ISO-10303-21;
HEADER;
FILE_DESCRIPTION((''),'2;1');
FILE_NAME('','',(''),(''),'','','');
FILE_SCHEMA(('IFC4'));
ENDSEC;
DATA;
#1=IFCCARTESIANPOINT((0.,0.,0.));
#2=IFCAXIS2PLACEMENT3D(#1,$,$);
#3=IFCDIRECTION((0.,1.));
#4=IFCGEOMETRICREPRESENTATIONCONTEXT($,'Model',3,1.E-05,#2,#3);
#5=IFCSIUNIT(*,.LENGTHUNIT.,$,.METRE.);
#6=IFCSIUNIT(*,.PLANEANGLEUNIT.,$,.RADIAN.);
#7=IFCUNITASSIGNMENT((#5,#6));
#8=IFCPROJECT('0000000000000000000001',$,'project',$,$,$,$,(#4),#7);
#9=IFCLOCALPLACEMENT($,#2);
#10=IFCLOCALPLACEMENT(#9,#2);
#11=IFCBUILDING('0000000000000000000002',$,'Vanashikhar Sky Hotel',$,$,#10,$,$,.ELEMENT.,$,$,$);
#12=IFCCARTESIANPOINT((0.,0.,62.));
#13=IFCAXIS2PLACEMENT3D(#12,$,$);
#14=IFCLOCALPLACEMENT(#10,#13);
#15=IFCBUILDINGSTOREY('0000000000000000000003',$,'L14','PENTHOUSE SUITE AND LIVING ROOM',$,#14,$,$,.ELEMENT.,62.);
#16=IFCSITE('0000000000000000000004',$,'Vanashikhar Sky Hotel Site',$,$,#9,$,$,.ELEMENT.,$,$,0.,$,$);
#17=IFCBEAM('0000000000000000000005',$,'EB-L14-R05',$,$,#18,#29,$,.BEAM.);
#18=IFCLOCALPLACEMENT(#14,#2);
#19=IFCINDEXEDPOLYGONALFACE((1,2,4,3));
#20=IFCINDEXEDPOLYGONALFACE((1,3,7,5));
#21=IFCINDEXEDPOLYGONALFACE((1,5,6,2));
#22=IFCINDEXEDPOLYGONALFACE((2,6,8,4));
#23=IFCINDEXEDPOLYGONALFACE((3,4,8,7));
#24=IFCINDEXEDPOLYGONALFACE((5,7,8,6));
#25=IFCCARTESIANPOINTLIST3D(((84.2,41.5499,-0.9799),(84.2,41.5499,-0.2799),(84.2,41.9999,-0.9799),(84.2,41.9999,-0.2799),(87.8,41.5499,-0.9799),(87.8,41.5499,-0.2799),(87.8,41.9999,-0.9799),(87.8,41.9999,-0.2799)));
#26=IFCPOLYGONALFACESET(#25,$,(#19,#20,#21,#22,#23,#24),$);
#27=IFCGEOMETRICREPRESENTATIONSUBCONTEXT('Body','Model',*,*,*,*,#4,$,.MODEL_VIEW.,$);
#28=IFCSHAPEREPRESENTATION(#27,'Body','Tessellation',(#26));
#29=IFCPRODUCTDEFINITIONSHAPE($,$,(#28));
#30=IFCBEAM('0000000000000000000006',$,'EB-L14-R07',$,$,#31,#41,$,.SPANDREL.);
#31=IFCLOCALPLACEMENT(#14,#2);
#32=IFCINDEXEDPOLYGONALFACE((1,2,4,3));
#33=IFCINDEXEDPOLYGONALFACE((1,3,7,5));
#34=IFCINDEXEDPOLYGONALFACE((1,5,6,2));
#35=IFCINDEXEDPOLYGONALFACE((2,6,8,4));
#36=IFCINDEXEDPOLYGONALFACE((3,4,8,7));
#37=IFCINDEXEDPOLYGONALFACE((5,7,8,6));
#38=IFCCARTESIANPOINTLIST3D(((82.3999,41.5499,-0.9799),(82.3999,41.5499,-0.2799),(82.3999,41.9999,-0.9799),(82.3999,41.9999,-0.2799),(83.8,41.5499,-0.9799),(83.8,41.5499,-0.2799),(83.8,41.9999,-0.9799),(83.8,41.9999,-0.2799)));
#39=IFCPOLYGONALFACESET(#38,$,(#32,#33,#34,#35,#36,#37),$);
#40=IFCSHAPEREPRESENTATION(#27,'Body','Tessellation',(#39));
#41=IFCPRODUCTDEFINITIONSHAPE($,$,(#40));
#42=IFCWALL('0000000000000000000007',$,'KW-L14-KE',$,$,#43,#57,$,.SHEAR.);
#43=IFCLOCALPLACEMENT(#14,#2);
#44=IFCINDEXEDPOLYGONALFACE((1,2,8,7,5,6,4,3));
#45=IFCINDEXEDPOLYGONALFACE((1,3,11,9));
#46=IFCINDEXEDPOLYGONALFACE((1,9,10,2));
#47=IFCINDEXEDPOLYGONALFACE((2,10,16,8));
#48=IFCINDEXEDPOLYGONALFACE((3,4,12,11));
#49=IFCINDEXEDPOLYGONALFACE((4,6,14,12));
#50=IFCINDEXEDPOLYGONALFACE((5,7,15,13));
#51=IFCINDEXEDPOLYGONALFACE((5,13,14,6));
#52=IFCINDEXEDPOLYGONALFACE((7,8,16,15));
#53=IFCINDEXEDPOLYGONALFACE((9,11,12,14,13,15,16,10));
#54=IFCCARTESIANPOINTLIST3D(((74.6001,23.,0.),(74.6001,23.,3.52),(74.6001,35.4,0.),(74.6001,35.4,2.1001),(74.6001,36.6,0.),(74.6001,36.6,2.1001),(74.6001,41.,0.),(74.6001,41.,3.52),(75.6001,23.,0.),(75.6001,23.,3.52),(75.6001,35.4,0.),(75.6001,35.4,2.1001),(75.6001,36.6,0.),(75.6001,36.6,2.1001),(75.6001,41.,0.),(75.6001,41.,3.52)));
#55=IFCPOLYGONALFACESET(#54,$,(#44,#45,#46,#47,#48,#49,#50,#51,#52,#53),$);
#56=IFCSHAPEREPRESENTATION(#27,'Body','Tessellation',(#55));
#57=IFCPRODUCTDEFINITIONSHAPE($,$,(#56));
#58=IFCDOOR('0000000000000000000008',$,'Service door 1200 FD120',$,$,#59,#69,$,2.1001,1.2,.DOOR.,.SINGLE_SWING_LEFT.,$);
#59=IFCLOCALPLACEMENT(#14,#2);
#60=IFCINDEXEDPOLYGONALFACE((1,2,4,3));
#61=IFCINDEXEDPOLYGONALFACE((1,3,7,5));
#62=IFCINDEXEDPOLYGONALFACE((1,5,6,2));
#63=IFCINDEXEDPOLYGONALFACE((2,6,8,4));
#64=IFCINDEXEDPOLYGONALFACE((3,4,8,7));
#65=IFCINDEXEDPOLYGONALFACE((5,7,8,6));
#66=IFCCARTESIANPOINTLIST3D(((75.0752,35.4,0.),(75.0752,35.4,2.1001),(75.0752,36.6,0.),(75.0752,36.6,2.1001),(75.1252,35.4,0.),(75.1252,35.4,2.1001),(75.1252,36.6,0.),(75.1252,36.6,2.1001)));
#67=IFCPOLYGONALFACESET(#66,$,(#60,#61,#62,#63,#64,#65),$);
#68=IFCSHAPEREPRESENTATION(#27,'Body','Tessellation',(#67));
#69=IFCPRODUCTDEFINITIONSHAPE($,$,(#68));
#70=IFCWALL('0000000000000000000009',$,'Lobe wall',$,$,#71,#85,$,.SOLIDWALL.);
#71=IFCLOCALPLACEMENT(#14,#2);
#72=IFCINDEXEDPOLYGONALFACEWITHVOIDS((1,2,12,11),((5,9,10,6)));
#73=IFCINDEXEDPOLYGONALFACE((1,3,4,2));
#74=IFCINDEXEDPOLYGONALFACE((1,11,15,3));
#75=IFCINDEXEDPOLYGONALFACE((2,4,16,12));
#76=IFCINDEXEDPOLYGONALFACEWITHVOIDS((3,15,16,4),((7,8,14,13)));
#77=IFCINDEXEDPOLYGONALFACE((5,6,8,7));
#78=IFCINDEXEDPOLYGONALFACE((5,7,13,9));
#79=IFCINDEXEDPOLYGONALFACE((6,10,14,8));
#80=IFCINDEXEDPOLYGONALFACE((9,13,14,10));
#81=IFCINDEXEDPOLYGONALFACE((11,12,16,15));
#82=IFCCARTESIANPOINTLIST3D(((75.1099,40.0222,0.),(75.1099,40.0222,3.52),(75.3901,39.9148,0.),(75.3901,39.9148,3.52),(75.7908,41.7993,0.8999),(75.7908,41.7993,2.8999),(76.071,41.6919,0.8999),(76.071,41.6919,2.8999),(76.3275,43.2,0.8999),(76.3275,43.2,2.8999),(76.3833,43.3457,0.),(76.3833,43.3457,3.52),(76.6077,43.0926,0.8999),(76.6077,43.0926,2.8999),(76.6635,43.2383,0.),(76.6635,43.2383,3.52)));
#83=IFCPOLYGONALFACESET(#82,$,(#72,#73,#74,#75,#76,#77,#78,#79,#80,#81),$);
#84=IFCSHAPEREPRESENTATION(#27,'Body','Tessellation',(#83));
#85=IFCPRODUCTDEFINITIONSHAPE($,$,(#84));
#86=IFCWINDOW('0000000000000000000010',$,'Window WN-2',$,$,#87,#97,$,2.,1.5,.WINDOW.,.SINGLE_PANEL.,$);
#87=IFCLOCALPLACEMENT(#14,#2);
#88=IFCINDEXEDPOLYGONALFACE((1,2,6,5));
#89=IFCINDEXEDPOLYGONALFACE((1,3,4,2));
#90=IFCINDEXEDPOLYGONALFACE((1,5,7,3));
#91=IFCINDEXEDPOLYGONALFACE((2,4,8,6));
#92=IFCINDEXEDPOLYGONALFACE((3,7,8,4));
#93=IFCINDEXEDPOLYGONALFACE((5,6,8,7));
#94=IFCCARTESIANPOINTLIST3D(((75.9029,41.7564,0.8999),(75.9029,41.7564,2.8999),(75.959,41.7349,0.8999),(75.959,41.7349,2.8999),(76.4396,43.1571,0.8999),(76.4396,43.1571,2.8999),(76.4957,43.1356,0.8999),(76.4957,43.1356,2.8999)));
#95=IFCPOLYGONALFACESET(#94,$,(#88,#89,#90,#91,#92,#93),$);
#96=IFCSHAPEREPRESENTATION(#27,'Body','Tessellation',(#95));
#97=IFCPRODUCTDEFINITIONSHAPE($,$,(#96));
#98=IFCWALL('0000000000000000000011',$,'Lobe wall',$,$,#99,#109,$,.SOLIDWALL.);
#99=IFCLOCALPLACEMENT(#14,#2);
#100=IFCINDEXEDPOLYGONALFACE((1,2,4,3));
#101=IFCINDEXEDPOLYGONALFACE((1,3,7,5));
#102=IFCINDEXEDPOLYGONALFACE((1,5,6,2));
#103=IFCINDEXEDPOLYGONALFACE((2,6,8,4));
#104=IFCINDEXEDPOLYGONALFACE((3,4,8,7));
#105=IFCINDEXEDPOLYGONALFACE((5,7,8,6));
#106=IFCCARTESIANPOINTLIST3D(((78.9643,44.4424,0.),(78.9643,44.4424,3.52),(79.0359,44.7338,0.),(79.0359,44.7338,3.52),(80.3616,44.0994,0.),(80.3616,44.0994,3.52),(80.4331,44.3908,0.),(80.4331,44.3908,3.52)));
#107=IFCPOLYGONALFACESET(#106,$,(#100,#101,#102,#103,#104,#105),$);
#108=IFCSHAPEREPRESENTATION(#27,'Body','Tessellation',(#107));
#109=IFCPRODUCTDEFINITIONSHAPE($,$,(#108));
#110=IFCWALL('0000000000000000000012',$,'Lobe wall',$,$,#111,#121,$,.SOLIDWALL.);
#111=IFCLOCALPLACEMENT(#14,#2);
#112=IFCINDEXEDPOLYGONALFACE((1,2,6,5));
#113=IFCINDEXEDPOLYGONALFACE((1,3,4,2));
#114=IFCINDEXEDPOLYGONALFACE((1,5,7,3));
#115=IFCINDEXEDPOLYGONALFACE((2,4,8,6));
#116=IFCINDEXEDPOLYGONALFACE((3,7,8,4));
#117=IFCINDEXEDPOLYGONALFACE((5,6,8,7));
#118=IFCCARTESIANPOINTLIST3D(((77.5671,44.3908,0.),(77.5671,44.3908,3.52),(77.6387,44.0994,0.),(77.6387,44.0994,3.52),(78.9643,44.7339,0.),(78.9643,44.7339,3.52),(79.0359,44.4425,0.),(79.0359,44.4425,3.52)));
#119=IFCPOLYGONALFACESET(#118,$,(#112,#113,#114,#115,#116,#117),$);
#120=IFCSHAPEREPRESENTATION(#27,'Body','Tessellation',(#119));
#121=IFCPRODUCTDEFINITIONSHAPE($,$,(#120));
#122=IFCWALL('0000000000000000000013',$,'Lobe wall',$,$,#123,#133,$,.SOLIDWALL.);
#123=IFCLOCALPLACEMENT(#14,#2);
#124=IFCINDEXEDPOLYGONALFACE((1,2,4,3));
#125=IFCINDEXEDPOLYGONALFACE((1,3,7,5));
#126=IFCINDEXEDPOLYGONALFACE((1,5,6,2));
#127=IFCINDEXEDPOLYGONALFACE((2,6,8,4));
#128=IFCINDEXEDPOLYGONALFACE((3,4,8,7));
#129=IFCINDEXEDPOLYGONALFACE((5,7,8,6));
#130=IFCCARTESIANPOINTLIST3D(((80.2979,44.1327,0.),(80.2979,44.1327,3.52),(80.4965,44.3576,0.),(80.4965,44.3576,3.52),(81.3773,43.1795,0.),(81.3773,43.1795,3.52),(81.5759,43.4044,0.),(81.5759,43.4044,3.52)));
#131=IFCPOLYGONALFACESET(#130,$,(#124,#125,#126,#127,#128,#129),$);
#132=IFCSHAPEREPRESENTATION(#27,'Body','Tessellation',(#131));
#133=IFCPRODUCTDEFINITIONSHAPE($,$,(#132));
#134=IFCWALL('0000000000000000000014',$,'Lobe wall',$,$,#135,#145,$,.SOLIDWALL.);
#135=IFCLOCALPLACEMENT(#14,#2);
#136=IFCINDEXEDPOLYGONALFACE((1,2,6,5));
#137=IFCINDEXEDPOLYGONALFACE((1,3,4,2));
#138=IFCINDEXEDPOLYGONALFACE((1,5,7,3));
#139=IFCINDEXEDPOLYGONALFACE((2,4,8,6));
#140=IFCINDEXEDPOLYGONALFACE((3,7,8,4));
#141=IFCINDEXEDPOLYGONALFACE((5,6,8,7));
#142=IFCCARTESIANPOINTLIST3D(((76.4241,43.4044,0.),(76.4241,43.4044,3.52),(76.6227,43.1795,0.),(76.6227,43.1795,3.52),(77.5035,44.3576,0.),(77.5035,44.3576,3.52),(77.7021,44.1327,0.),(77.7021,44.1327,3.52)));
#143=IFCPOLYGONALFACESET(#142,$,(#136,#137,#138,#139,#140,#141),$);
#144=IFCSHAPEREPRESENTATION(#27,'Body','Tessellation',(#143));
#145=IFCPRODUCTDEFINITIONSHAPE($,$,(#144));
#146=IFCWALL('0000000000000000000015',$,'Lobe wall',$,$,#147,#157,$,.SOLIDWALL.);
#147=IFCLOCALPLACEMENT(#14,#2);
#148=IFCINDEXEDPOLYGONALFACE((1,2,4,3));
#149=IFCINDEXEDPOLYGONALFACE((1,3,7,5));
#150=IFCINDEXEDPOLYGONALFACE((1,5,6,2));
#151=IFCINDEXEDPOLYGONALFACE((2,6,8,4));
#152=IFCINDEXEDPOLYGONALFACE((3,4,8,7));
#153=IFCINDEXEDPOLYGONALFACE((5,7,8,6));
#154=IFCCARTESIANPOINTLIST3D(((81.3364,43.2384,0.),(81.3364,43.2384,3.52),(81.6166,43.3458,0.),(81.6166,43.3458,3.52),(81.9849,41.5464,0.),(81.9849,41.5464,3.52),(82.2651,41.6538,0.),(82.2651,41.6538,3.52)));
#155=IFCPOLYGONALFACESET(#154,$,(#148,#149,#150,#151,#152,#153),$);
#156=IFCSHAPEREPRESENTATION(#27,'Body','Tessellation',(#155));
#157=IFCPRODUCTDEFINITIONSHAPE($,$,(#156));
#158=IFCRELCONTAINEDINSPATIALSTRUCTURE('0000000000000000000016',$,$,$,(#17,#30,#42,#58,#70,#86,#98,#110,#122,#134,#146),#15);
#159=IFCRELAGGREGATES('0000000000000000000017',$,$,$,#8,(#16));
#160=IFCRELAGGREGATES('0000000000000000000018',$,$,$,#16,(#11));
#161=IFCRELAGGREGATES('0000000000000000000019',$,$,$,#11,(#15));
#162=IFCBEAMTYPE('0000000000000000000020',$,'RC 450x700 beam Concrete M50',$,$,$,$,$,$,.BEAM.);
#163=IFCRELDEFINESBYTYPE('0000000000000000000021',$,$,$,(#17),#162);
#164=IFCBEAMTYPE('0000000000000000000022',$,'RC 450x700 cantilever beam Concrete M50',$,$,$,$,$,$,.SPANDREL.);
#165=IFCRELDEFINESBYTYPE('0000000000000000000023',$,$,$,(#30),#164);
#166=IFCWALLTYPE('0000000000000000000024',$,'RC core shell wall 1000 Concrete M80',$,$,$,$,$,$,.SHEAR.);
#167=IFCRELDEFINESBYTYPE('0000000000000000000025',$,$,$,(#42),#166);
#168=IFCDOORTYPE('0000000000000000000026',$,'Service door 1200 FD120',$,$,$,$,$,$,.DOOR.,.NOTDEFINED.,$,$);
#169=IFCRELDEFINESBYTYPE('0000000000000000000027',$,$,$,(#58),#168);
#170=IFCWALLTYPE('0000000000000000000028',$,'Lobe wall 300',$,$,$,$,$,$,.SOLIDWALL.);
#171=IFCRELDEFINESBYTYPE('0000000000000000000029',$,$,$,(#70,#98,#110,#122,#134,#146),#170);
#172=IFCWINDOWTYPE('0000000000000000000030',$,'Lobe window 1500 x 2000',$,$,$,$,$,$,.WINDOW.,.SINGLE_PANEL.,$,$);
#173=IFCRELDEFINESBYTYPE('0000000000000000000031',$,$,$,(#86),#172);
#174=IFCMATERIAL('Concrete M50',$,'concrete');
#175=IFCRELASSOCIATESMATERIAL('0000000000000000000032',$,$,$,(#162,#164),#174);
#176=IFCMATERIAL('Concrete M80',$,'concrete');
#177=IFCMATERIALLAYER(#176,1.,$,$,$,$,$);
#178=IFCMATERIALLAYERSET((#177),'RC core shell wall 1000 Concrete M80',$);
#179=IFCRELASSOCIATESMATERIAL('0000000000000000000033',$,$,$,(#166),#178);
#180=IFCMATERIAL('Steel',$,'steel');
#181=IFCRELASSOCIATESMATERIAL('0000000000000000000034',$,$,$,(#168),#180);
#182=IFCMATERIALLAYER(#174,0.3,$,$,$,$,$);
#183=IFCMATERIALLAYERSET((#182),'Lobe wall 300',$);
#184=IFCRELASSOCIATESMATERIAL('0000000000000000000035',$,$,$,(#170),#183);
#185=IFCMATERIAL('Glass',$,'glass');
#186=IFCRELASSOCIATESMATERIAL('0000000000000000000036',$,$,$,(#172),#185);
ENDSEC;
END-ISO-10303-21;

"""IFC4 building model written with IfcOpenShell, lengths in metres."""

from ifc_helpers import new_model, si_unit, direction, frame, frame_2d, origin, origin_2d, place, context, subcontext, project, spatial, rectangle, extrude, source, transform, mapped, material, layer, layer_set, material_profile, profile_set, type_object, element, fill, save


model = new_model("IFC4")

# Units and contexts
model_context = context("Model", 3, precision=1e-05, world=origin(), true_north=direction((0.0, 1.0)))
body_context = subcontext(model_context, "Body", "Model", "MODEL_VIEW")
ifc_project = project(units=[si_unit("LENGTHUNIT", "METRE"), si_unit("PLANEANGLEUNIT", "RADIAN")], contexts=[model_context])

# Site, building, storey
site_placement = place(None, origin())
site = spatial("IfcSite", under=ifc_project, at=site_placement, Name="Vanashikhar Sky Hotel Site", CompositionType="ELEMENT", RefElevation=0.0)
building_placement = place(site_placement, origin())
building = spatial("IfcBuilding", under=site, at=building_placement, Name="Vanashikhar Sky Hotel", CompositionType="ELEMENT")
storey_placement = place(building_placement, frame((0.0, 0.0, 62.0)))
storey = spatial("IfcBuildingStorey", under=building, at=storey_placement, Name="L14", Description="PENTHOUSE SUITE AND LIVING ROOM", CompositionType="ELEMENT", Elevation=62.0)

# Beams
ifc_material_1 = material(Name="Concrete M50", Category="concrete")
ifc_material_profile_1 = material_profile(ifc_material_1, rectangle(XDim=0.45, YDim=0.7, at=origin_2d()))
ifc_profile_set_1 = profile_set([ifc_material_profile_1], Name="RC 450x700 beam Concrete M50")
beam_type_1 = type_object("IfcBeamType", Name="RC 450x700 beam Concrete M50", PredefinedType="BEAM", material=ifc_profile_set_1)
shared_shape_1 = source(origin(), body_context, "Body", "SweptSolid", [
    extrude(rectangle(XDim=0.45, YDim=0.7, at=origin_2d()), origin(), (0.0, 0.0, 1.0), 3.6001),
])
beam_1_placement = place(storey_placement, frame((84.2, 41.7749, -0.6299), z_axis=(1.0, 0.0, 0.0), x_axis=(0.0, 1.0, 0.0)))
element("IfcBeam", 1, at=beam_1_placement, inside=storey, type_object=beam_type_1, Name="EB-L14-R05", PredefinedType="BEAM", context=body_context, shape_type="MappedRepresentation", body=[
    mapped(shared_shape_1, transform((0.0, 0.0, 0.0), scale=1.0)),
])
ifc_material_profile_2 = material_profile(ifc_material_1, rectangle(XDim=0.45, YDim=0.7, at=origin_2d()))
ifc_profile_set_2 = profile_set([ifc_material_profile_2], Name="RC 450x700 cantilever beam Concrete M50")
beam_type_2 = type_object("IfcBeamType", Name="RC 450x700 cantilever beam Concrete M50", PredefinedType="SPANDREL", material=ifc_profile_set_2)
shared_shape_2 = source(origin(), body_context, "Body", "SweptSolid", [
    extrude(rectangle(XDim=0.45, YDim=0.7, at=origin_2d()), origin(), (0.0, 0.0, 1.0), 1.4001),
])
beam_2_placement = place(storey_placement, frame((82.3999, 41.7749, -0.6299), z_axis=(1.0, 0.0, 0.0), x_axis=(0.0, 1.0, 0.0)))
element("IfcBeam", 2, at=beam_2_placement, inside=storey, type_object=beam_type_2, Name="EB-L14-R07", PredefinedType="SPANDREL", context=body_context, shape_type="MappedRepresentation", body=[
    mapped(shared_shape_2, transform((0.0, 0.0, 0.0), scale=1.0)),
])

# Wall, opening, door
ifc_material_2 = material(Name="Concrete M80", Category="concrete")
ifc_layer_1 = layer(ifc_material_2, 1.0)
ifc_layer_set_1 = layer_set([ifc_layer_1], Name="RC core shell wall 1000 Concrete M80")
wall_type_1 = type_object("IfcWallType", Name="RC core shell wall 1000 Concrete M80", PredefinedType="SHEAR", material=ifc_layer_set_1)
shared_shape_3 = source(origin(), body_context, "Body", "SweptSolid", [
    extrude(rectangle(XDim=18.0, YDim=1.0, at=frame_2d((9.0, 0.0))), origin(), (0.0, 0.0, 1.0), 3.52),
])
wall_1_placement = place(storey_placement, frame((75.1001, 23.0, 0.0), z_axis=(0.0, 0.0, 1.0), x_axis=(0.0, 1.0, 0.0)))
wall_1 = element("IfcWall", 3, at=wall_1_placement, inside=storey, type_object=wall_type_1, Name="KW-L14-KE", PredefinedType="SHEAR", context=body_context, shape_type="MappedRepresentation", body=[
    mapped(shared_shape_3, transform((0.0, 0.0, 0.0), scale=1.0)),
])
shared_shape_4 = source(origin(), body_context, "Body", "SweptSolid", [
    extrude(rectangle(XDim=1.2, YDim=2.1001, at=frame_2d((0.6001, 1.05))), frame((0.0, 0.51, 0.0), z_axis=(0.0, -1.0, 0.0), x_axis=(1.0, 0.0, 0.0)), (0.0, 0.0, 1.0), 1.02),
])
opening_1_placement = place(wall_1_placement, frame((12.3999, 0.0, 0.0)))
opening_1 = element("IfcOpeningElement", 4, at=opening_1_placement, cuts=wall_1, PredefinedType="OPENING", context=body_context, shape_type="MappedRepresentation", body=[
    mapped(shared_shape_4, transform((0.0, 0.0, 0.0), scale=1.0)),
])
ifc_material_3 = material(Name="Steel", Category="steel")
door_type_1 = type_object("IfcDoorType", Name="Service door 1200 FD120", OperationType="NOTDEFINED", PredefinedType="DOOR", material=ifc_material_3)
shared_shape_5 = source(origin(), body_context, "Body", "SweptSolid", [
    extrude(rectangle(XDim=1.2, YDim=2.1001, at=frame_2d((0.6001, 1.05))), frame((0.0, 0.0249, 0.0), z_axis=(0.0, -1.0, 0.0), x_axis=(1.0, 0.0, 0.0)), (0.0, 0.0, 1.0), 0.05),
])
door_1_placement = place(opening_1_placement, origin())
door_1 = element("IfcDoor", 5, at=door_1_placement, inside=storey, type_object=door_type_1, Name="Service door 1200 FD120", OperationType="SINGLE_SWING_LEFT", OverallHeight=2.1001, OverallWidth=1.2, PredefinedType="DOOR", context=body_context, shape_type="MappedRepresentation", body=[
    mapped(shared_shape_5, transform((0.0, 0.0, 0.0), scale=1.0)),
])
fill(opening_1, door_1)

# Wall, opening, window
ifc_layer_2 = layer(ifc_material_1, 0.3)
ifc_layer_set_2 = layer_set([ifc_layer_2], Name="Lobe wall 300")
wall_type_2 = type_object("IfcWallType", Name="Lobe wall 300", PredefinedType="SOLIDWALL", material=ifc_layer_set_2)
shared_shape_6 = source(origin(), body_context, "Body", "SweptSolid", [
    extrude(rectangle(XDim=3.5591, YDim=0.3, at=frame_2d((1.7795, 0.0))), origin(), (0.0, 0.0, 1.0), 3.52),
])
wall_2_placement = place(storey_placement, frame((76.5234, 43.292, 0.0), z_axis=(0.0, 0.0, 1.0), x_axis=(-0.357797, -0.933799, 0.0)))
wall_2 = element("IfcWall", 6, at=wall_2_placement, inside=storey, type_object=wall_type_2, Name="Lobe wall", PredefinedType="SOLIDWALL", context=body_context, shape_type="MappedRepresentation", body=[
    mapped(shared_shape_6, transform((0.0, 0.0, 0.0), scale=1.0)),
])
shared_shape_7 = source(origin(), body_context, "Body", "SweptSolid", [
    extrude(rectangle(XDim=1.5, YDim=2.0, at=frame_2d((0.75, 1.0))), frame((0.0, 0.1602, 0.0), z_axis=(0.0, -1.0, 0.0), x_axis=(1.0, 0.0, 0.0)), (0.0, 0.0, 1.0), 0.3201),
])
opening_2_placement = place(wall_2_placement, frame((0.156, 0.0, 0.8999)))
opening_2 = element("IfcOpeningElement", 7, at=opening_2_placement, cuts=wall_2, PredefinedType="OPENING", context=body_context, shape_type="MappedRepresentation", body=[
    mapped(shared_shape_7, transform((0.0, 0.0, 0.0), scale=1.0)),
])
ifc_material_4 = material(Name="Glass", Category="glass")
window_type = type_object("IfcWindowType", Name="Lobe window 1500 x 2000", PartitioningType="SINGLE_PANEL", PredefinedType="WINDOW", material=ifc_material_4)
shared_shape_8 = source(origin(), body_context, "Body", "SweptSolid", [
    extrude(rectangle(XDim=1.5, YDim=2.0, at=frame_2d((0.75, 1.0))), frame((0.0, 0.03, 0.0), z_axis=(0.0, -1.0, 0.0), x_axis=(1.0, 0.0, 0.0)), (0.0, 0.0, 1.0), 0.0601),
])
window_placement = place(opening_2_placement, origin())
window = element("IfcWindow", 8, at=window_placement, inside=storey, type_object=window_type, Name="Window WN-2", OverallHeight=2.0, OverallWidth=1.5, PartitioningType="SINGLE_PANEL", PredefinedType="WINDOW", context=body_context, shape_type="MappedRepresentation", body=[
    mapped(shared_shape_8, transform((0.0, 0.0, 0.0), scale=1.0)),
])
fill(opening_2, window)

# Walls
shared_shape_9 = source(origin(), body_context, "Body", "SweptSolid", [
    extrude(rectangle(XDim=1.4387, YDim=0.3, at=frame_2d((0.7192, 0.0))), origin(), (0.0, 0.0, 1.0), 3.52),
])
for number, where, z_axis, x_axis, name in (
    (9, (80.3972, 44.2451, 0.0), (0.0, 0.0, 1.0), (-0.971162, 0.238421, 0.0), "Lobe wall"),
    (10, (79.0, 44.5881, 0.0), (0.0, 0.0, 1.0), (-0.971162, -0.238421, 0.0), "Lobe wall"),
):
    element("IfcWall", number, at=place(storey_placement, frame(where, z_axis=z_axis, x_axis=x_axis)), inside=storey, type_object=wall_type_2, Name=name, PredefinedType="SOLIDWALL", context=body_context, shape_type="MappedRepresentation", body=[
        mapped(shared_shape_9, transform((0.0, 0.0, 0.0), scale=1.0)),
    ])
shared_shape_10 = source(origin(), body_context, "Body", "SweptSolid", [
    extrude(rectangle(XDim=1.4399, YDim=0.3, at=frame_2d((0.72, 0.0))), origin(), (0.0, 0.0, 1.0), 3.52),
])
for number, where, z_axis, x_axis, name in (
    (11, (81.4766, 43.292, 0.0), (0.0, 0.0, 1.0), (-0.749576, 0.661919, 0.0), "Lobe wall"),
    (12, (77.6028, 44.2451, 0.0), (0.0, 0.0, 1.0), (-0.749576, -0.661919, 0.0), "Lobe wall"),
):
    element("IfcWall", number, at=place(storey_placement, frame(where, z_axis=z_axis, x_axis=x_axis)), inside=storey, type_object=wall_type_2, Name=name, PredefinedType="SOLIDWALL", context=body_context, shape_type="MappedRepresentation", body=[
        mapped(shared_shape_10, transform((0.0, 0.0, 0.0), scale=1.0)),
    ])
shared_shape_11 = source(origin(), body_context, "Body", "SweptSolid", [
    extrude(rectangle(XDim=1.812, YDim=0.3, at=frame_2d((0.906, 0.0))), origin(), (0.0, 0.0, 1.0), 3.52),
])
wall_3_placement = place(storey_placement, frame((82.125, 41.6001, 0.0), z_axis=(0.0, 0.0, 1.0), x_axis=(-0.357877, 0.933769, 0.0)))
element("IfcWall", 13, at=wall_3_placement, inside=storey, type_object=wall_type_2, Name="Lobe wall", PredefinedType="SOLIDWALL", context=body_context, shape_type="MappedRepresentation", body=[
    mapped(shared_shape_11, transform((0.0, 0.0, 0.0), scale=1.0)),
])

save(model, "model.ifc")
